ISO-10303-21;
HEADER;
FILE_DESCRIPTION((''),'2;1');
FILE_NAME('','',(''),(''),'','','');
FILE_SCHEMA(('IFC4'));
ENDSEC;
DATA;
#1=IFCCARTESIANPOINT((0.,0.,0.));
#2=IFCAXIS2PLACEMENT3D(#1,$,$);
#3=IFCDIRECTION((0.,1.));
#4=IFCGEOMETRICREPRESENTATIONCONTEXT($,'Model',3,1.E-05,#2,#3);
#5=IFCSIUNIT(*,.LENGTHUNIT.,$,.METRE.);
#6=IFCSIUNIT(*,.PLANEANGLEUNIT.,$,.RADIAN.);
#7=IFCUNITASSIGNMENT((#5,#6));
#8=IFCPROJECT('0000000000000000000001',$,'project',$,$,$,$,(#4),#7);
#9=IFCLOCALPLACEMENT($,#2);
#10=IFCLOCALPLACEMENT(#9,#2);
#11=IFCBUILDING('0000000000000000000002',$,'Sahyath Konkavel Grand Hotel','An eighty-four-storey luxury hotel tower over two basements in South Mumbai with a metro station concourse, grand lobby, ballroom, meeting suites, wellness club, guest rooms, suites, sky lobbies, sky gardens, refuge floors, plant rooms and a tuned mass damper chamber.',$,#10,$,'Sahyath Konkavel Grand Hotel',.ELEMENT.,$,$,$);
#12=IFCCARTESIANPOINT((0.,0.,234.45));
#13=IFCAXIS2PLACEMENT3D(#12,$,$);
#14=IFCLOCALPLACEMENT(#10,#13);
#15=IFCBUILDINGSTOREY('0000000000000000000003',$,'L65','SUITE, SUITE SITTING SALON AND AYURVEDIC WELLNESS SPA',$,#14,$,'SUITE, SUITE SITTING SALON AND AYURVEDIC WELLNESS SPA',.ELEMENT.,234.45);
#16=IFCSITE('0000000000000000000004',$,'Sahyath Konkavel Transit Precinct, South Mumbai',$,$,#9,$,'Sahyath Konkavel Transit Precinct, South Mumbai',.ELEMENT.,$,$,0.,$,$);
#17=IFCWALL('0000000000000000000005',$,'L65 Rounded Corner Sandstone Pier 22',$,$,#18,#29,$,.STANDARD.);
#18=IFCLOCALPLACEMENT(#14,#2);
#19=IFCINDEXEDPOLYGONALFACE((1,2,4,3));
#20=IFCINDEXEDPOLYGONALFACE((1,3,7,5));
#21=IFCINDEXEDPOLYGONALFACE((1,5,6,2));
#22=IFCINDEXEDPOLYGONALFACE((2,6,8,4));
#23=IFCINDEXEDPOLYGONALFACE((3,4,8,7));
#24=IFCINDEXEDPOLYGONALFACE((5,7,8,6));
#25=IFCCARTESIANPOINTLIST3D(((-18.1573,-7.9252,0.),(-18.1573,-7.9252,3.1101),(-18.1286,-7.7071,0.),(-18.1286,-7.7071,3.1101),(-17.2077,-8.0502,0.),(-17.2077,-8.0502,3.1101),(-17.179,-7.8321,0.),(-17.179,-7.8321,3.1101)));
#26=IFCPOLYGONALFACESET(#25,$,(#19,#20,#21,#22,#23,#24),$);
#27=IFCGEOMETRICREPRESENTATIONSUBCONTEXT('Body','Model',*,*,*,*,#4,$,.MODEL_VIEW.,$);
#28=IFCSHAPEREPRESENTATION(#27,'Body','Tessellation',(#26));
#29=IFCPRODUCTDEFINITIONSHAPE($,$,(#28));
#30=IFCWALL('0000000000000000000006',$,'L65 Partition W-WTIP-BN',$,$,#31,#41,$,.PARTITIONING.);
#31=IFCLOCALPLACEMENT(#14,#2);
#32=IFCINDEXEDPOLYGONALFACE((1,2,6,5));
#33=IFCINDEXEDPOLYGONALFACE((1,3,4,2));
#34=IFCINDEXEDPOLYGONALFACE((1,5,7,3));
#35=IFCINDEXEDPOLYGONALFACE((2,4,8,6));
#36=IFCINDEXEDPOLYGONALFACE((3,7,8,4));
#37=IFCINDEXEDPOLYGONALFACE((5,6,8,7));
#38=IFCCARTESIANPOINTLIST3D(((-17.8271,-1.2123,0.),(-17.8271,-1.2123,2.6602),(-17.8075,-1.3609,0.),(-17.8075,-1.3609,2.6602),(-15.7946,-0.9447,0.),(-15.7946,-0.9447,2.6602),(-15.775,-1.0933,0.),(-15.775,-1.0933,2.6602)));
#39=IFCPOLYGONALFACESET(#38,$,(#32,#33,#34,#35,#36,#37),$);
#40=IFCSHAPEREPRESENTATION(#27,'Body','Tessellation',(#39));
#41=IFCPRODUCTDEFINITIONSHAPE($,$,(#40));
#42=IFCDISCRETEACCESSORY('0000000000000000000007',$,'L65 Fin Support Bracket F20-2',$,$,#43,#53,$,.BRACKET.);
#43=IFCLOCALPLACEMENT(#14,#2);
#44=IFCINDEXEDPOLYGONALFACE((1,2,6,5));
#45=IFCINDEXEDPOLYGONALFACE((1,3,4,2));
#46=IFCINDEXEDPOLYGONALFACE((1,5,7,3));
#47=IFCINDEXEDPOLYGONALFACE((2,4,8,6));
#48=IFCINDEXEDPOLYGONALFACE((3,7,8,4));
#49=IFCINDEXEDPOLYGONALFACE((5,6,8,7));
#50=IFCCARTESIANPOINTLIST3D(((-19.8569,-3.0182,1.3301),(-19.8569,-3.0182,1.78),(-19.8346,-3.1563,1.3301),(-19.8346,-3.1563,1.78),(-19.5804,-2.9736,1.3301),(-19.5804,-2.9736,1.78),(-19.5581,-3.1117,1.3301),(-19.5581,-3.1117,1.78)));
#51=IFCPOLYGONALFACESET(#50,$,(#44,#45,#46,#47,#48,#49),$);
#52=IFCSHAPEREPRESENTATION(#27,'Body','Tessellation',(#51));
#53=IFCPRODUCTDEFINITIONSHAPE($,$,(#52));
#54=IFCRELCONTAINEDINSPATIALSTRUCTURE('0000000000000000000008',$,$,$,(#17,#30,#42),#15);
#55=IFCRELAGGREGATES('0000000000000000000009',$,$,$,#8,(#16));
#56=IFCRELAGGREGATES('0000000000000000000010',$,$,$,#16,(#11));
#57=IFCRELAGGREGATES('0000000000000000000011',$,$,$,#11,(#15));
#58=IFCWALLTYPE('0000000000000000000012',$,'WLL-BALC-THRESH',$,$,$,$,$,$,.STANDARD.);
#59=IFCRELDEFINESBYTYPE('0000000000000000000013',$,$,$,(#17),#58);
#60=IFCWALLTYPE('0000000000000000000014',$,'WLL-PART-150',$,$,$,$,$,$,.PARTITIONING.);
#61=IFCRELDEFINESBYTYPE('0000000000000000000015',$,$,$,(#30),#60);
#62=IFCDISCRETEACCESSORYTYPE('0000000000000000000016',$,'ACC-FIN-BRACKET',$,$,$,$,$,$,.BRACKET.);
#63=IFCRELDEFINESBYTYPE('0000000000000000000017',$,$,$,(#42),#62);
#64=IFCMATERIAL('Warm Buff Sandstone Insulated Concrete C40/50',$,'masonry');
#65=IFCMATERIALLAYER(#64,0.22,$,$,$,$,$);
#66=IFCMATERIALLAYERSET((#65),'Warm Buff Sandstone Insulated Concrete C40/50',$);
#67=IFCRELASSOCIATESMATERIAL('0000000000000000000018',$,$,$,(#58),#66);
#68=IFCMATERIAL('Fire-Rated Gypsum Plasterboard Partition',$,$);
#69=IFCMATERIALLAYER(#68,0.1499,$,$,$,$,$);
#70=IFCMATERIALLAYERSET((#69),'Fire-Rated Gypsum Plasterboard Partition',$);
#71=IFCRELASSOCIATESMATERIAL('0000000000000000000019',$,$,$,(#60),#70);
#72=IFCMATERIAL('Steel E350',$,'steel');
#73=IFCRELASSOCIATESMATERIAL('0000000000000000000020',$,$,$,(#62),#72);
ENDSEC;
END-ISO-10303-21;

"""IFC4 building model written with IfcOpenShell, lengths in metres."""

from ifc_helpers import new_model, si_unit, direction, frame, frame_2d, origin, origin_2d, place, context, subcontext, project, spatial, rectangle, extrude, source, transform, mapped, material, layer, layer_set, type_object, element, save


model = new_model("IFC4")

# Units and contexts
model_context = context("Model", 3, precision=1e-05, world=origin(), true_north=direction((0.0, 1.0)))
body_context = subcontext(model_context, "Body", "Model", "MODEL_VIEW")
ifc_project = project(units=[si_unit("LENGTHUNIT", "METRE"), si_unit("PLANEANGLEUNIT", "RADIAN")], contexts=[model_context])

# Site, building, storey
site_placement = place(None, origin())
site = spatial("IfcSite", under=ifc_project, at=site_placement, Name="Sahyath Konkavel Transit Precinct, South Mumbai", LongName="Sahyath Konkavel Transit Precinct, South Mumbai", CompositionType="ELEMENT", RefElevation=0.0)
building_placement = place(site_placement, origin())
building = spatial("IfcBuilding", under=site, at=building_placement, Name="Sahyath Konkavel Grand Hotel", Description="An eighty-four-storey luxury hotel tower over two basements in South Mumbai with a metro station concourse, grand lobby, ballroom, meeting suites, wellness club, guest rooms, suites, sky lobbies, sky gardens, refuge floors, plant rooms and a tuned mass damper chamber.", LongName="Sahyath Konkavel Grand Hotel", CompositionType="ELEMENT")
storey_placement = place(building_placement, frame((0.0, 0.0, 234.45)))
storey = spatial("IfcBuildingStorey", under=building, at=storey_placement, Name="L65", Description="SUITE, SUITE SITTING SALON AND AYURVEDIC WELLNESS SPA", LongName="SUITE, SUITE SITTING SALON AND AYURVEDIC WELLNESS SPA", CompositionType="ELEMENT", Elevation=234.45)

# Shared definitions
ifc_material_1 = material(Name="Steel E350", Category="steel")

# Walls
ifc_material_2 = material(Name="Warm Buff Sandstone Insulated Concrete C40/50", Category="masonry")
ifc_layer_1 = layer(ifc_material_2, 0.22)
ifc_layer_set_1 = layer_set([ifc_layer_1], Name="Warm Buff Sandstone Insulated Concrete C40/50")
wall_type_1 = type_object("IfcWallType", Name="WLL-BALC-THRESH", PredefinedType="STANDARD", material=ifc_layer_set_1)
wall_1_placement = place(storey_placement, frame((-18.1431, -7.8162, 0.0), z_axis=(0.0, 0.0, 1.0), x_axis=(0.991445, -0.130527, 0.0)))
element("IfcWall", 1, at=wall_1_placement, inside=storey, type_object=wall_type_1, Name="L65 Rounded Corner Sandstone Pier 22", PredefinedType="STANDARD", context=body_context, shape_type="SweptSolid", body=[
    extrude(rectangle(XDim=0.9578, YDim=0.22, at=frame_2d((0.479, 0.0))), origin(), (0.0, 0.0, 1.0), 3.1101),
])
ifc_material_3 = material(Name="Fire-Rated Gypsum Plasterboard Partition")
ifc_layer_2 = layer(ifc_material_3, 0.1499)
ifc_layer_set_2 = layer_set([ifc_layer_2], Name="Fire-Rated Gypsum Plasterboard Partition")
wall_type_2 = type_object("IfcWallType", Name="WLL-PART-150", PredefinedType="PARTITIONING", material=ifc_layer_set_2)
wall_2_placement = place(storey_placement, frame((-15.7849, -1.019, 0.0), z_axis=(0.0, 0.0, 1.0), x_axis=(-0.991445, -0.130525, 0.0)))
element("IfcWall", 2, at=wall_2_placement, inside=storey, type_object=wall_type_2, Name="L65 Partition W-WTIP-BN", PredefinedType="PARTITIONING", context=body_context, shape_type="SweptSolid", body=[
    extrude(rectangle(XDim=2.05, YDim=0.1499, at=frame_2d((1.0249, 0.0))), origin(), (0.0, 0.0, 1.0), 2.6602),
])

# Discrete accessory
discrete_accessory_type = type_object("IfcDiscreteAccessoryType", Name="ACC-FIN-BRACKET", PredefinedType="BRACKET", material=ifc_material_1)
shared_shape_1 = source(origin(), body_context, "Body", "SweptSolid", [
    extrude(rectangle(XDim=0.28, YDim=0.1399, at=origin_2d()), origin(), (0.0, 0.0, 1.0), 0.45),
])
discrete_accessory_placement = place(storey_placement, frame((-19.7075, -3.0649, 1.3301), z_axis=(0.0, 0.0, 1.0), x_axis=(-0.987209, -0.159433, 0.0)))
element("IfcDiscreteAccessory", 3, at=discrete_accessory_placement, inside=storey, type_object=discrete_accessory_type, Name="L65 Fin Support Bracket F20-2", PredefinedType="BRACKET", context=body_context, shape_type="MappedRepresentation", body=[
    mapped(shared_shape_1, transform((0.0, 0.0, 0.0), scale=1.0)),
])

save(model, "model.ifc")
